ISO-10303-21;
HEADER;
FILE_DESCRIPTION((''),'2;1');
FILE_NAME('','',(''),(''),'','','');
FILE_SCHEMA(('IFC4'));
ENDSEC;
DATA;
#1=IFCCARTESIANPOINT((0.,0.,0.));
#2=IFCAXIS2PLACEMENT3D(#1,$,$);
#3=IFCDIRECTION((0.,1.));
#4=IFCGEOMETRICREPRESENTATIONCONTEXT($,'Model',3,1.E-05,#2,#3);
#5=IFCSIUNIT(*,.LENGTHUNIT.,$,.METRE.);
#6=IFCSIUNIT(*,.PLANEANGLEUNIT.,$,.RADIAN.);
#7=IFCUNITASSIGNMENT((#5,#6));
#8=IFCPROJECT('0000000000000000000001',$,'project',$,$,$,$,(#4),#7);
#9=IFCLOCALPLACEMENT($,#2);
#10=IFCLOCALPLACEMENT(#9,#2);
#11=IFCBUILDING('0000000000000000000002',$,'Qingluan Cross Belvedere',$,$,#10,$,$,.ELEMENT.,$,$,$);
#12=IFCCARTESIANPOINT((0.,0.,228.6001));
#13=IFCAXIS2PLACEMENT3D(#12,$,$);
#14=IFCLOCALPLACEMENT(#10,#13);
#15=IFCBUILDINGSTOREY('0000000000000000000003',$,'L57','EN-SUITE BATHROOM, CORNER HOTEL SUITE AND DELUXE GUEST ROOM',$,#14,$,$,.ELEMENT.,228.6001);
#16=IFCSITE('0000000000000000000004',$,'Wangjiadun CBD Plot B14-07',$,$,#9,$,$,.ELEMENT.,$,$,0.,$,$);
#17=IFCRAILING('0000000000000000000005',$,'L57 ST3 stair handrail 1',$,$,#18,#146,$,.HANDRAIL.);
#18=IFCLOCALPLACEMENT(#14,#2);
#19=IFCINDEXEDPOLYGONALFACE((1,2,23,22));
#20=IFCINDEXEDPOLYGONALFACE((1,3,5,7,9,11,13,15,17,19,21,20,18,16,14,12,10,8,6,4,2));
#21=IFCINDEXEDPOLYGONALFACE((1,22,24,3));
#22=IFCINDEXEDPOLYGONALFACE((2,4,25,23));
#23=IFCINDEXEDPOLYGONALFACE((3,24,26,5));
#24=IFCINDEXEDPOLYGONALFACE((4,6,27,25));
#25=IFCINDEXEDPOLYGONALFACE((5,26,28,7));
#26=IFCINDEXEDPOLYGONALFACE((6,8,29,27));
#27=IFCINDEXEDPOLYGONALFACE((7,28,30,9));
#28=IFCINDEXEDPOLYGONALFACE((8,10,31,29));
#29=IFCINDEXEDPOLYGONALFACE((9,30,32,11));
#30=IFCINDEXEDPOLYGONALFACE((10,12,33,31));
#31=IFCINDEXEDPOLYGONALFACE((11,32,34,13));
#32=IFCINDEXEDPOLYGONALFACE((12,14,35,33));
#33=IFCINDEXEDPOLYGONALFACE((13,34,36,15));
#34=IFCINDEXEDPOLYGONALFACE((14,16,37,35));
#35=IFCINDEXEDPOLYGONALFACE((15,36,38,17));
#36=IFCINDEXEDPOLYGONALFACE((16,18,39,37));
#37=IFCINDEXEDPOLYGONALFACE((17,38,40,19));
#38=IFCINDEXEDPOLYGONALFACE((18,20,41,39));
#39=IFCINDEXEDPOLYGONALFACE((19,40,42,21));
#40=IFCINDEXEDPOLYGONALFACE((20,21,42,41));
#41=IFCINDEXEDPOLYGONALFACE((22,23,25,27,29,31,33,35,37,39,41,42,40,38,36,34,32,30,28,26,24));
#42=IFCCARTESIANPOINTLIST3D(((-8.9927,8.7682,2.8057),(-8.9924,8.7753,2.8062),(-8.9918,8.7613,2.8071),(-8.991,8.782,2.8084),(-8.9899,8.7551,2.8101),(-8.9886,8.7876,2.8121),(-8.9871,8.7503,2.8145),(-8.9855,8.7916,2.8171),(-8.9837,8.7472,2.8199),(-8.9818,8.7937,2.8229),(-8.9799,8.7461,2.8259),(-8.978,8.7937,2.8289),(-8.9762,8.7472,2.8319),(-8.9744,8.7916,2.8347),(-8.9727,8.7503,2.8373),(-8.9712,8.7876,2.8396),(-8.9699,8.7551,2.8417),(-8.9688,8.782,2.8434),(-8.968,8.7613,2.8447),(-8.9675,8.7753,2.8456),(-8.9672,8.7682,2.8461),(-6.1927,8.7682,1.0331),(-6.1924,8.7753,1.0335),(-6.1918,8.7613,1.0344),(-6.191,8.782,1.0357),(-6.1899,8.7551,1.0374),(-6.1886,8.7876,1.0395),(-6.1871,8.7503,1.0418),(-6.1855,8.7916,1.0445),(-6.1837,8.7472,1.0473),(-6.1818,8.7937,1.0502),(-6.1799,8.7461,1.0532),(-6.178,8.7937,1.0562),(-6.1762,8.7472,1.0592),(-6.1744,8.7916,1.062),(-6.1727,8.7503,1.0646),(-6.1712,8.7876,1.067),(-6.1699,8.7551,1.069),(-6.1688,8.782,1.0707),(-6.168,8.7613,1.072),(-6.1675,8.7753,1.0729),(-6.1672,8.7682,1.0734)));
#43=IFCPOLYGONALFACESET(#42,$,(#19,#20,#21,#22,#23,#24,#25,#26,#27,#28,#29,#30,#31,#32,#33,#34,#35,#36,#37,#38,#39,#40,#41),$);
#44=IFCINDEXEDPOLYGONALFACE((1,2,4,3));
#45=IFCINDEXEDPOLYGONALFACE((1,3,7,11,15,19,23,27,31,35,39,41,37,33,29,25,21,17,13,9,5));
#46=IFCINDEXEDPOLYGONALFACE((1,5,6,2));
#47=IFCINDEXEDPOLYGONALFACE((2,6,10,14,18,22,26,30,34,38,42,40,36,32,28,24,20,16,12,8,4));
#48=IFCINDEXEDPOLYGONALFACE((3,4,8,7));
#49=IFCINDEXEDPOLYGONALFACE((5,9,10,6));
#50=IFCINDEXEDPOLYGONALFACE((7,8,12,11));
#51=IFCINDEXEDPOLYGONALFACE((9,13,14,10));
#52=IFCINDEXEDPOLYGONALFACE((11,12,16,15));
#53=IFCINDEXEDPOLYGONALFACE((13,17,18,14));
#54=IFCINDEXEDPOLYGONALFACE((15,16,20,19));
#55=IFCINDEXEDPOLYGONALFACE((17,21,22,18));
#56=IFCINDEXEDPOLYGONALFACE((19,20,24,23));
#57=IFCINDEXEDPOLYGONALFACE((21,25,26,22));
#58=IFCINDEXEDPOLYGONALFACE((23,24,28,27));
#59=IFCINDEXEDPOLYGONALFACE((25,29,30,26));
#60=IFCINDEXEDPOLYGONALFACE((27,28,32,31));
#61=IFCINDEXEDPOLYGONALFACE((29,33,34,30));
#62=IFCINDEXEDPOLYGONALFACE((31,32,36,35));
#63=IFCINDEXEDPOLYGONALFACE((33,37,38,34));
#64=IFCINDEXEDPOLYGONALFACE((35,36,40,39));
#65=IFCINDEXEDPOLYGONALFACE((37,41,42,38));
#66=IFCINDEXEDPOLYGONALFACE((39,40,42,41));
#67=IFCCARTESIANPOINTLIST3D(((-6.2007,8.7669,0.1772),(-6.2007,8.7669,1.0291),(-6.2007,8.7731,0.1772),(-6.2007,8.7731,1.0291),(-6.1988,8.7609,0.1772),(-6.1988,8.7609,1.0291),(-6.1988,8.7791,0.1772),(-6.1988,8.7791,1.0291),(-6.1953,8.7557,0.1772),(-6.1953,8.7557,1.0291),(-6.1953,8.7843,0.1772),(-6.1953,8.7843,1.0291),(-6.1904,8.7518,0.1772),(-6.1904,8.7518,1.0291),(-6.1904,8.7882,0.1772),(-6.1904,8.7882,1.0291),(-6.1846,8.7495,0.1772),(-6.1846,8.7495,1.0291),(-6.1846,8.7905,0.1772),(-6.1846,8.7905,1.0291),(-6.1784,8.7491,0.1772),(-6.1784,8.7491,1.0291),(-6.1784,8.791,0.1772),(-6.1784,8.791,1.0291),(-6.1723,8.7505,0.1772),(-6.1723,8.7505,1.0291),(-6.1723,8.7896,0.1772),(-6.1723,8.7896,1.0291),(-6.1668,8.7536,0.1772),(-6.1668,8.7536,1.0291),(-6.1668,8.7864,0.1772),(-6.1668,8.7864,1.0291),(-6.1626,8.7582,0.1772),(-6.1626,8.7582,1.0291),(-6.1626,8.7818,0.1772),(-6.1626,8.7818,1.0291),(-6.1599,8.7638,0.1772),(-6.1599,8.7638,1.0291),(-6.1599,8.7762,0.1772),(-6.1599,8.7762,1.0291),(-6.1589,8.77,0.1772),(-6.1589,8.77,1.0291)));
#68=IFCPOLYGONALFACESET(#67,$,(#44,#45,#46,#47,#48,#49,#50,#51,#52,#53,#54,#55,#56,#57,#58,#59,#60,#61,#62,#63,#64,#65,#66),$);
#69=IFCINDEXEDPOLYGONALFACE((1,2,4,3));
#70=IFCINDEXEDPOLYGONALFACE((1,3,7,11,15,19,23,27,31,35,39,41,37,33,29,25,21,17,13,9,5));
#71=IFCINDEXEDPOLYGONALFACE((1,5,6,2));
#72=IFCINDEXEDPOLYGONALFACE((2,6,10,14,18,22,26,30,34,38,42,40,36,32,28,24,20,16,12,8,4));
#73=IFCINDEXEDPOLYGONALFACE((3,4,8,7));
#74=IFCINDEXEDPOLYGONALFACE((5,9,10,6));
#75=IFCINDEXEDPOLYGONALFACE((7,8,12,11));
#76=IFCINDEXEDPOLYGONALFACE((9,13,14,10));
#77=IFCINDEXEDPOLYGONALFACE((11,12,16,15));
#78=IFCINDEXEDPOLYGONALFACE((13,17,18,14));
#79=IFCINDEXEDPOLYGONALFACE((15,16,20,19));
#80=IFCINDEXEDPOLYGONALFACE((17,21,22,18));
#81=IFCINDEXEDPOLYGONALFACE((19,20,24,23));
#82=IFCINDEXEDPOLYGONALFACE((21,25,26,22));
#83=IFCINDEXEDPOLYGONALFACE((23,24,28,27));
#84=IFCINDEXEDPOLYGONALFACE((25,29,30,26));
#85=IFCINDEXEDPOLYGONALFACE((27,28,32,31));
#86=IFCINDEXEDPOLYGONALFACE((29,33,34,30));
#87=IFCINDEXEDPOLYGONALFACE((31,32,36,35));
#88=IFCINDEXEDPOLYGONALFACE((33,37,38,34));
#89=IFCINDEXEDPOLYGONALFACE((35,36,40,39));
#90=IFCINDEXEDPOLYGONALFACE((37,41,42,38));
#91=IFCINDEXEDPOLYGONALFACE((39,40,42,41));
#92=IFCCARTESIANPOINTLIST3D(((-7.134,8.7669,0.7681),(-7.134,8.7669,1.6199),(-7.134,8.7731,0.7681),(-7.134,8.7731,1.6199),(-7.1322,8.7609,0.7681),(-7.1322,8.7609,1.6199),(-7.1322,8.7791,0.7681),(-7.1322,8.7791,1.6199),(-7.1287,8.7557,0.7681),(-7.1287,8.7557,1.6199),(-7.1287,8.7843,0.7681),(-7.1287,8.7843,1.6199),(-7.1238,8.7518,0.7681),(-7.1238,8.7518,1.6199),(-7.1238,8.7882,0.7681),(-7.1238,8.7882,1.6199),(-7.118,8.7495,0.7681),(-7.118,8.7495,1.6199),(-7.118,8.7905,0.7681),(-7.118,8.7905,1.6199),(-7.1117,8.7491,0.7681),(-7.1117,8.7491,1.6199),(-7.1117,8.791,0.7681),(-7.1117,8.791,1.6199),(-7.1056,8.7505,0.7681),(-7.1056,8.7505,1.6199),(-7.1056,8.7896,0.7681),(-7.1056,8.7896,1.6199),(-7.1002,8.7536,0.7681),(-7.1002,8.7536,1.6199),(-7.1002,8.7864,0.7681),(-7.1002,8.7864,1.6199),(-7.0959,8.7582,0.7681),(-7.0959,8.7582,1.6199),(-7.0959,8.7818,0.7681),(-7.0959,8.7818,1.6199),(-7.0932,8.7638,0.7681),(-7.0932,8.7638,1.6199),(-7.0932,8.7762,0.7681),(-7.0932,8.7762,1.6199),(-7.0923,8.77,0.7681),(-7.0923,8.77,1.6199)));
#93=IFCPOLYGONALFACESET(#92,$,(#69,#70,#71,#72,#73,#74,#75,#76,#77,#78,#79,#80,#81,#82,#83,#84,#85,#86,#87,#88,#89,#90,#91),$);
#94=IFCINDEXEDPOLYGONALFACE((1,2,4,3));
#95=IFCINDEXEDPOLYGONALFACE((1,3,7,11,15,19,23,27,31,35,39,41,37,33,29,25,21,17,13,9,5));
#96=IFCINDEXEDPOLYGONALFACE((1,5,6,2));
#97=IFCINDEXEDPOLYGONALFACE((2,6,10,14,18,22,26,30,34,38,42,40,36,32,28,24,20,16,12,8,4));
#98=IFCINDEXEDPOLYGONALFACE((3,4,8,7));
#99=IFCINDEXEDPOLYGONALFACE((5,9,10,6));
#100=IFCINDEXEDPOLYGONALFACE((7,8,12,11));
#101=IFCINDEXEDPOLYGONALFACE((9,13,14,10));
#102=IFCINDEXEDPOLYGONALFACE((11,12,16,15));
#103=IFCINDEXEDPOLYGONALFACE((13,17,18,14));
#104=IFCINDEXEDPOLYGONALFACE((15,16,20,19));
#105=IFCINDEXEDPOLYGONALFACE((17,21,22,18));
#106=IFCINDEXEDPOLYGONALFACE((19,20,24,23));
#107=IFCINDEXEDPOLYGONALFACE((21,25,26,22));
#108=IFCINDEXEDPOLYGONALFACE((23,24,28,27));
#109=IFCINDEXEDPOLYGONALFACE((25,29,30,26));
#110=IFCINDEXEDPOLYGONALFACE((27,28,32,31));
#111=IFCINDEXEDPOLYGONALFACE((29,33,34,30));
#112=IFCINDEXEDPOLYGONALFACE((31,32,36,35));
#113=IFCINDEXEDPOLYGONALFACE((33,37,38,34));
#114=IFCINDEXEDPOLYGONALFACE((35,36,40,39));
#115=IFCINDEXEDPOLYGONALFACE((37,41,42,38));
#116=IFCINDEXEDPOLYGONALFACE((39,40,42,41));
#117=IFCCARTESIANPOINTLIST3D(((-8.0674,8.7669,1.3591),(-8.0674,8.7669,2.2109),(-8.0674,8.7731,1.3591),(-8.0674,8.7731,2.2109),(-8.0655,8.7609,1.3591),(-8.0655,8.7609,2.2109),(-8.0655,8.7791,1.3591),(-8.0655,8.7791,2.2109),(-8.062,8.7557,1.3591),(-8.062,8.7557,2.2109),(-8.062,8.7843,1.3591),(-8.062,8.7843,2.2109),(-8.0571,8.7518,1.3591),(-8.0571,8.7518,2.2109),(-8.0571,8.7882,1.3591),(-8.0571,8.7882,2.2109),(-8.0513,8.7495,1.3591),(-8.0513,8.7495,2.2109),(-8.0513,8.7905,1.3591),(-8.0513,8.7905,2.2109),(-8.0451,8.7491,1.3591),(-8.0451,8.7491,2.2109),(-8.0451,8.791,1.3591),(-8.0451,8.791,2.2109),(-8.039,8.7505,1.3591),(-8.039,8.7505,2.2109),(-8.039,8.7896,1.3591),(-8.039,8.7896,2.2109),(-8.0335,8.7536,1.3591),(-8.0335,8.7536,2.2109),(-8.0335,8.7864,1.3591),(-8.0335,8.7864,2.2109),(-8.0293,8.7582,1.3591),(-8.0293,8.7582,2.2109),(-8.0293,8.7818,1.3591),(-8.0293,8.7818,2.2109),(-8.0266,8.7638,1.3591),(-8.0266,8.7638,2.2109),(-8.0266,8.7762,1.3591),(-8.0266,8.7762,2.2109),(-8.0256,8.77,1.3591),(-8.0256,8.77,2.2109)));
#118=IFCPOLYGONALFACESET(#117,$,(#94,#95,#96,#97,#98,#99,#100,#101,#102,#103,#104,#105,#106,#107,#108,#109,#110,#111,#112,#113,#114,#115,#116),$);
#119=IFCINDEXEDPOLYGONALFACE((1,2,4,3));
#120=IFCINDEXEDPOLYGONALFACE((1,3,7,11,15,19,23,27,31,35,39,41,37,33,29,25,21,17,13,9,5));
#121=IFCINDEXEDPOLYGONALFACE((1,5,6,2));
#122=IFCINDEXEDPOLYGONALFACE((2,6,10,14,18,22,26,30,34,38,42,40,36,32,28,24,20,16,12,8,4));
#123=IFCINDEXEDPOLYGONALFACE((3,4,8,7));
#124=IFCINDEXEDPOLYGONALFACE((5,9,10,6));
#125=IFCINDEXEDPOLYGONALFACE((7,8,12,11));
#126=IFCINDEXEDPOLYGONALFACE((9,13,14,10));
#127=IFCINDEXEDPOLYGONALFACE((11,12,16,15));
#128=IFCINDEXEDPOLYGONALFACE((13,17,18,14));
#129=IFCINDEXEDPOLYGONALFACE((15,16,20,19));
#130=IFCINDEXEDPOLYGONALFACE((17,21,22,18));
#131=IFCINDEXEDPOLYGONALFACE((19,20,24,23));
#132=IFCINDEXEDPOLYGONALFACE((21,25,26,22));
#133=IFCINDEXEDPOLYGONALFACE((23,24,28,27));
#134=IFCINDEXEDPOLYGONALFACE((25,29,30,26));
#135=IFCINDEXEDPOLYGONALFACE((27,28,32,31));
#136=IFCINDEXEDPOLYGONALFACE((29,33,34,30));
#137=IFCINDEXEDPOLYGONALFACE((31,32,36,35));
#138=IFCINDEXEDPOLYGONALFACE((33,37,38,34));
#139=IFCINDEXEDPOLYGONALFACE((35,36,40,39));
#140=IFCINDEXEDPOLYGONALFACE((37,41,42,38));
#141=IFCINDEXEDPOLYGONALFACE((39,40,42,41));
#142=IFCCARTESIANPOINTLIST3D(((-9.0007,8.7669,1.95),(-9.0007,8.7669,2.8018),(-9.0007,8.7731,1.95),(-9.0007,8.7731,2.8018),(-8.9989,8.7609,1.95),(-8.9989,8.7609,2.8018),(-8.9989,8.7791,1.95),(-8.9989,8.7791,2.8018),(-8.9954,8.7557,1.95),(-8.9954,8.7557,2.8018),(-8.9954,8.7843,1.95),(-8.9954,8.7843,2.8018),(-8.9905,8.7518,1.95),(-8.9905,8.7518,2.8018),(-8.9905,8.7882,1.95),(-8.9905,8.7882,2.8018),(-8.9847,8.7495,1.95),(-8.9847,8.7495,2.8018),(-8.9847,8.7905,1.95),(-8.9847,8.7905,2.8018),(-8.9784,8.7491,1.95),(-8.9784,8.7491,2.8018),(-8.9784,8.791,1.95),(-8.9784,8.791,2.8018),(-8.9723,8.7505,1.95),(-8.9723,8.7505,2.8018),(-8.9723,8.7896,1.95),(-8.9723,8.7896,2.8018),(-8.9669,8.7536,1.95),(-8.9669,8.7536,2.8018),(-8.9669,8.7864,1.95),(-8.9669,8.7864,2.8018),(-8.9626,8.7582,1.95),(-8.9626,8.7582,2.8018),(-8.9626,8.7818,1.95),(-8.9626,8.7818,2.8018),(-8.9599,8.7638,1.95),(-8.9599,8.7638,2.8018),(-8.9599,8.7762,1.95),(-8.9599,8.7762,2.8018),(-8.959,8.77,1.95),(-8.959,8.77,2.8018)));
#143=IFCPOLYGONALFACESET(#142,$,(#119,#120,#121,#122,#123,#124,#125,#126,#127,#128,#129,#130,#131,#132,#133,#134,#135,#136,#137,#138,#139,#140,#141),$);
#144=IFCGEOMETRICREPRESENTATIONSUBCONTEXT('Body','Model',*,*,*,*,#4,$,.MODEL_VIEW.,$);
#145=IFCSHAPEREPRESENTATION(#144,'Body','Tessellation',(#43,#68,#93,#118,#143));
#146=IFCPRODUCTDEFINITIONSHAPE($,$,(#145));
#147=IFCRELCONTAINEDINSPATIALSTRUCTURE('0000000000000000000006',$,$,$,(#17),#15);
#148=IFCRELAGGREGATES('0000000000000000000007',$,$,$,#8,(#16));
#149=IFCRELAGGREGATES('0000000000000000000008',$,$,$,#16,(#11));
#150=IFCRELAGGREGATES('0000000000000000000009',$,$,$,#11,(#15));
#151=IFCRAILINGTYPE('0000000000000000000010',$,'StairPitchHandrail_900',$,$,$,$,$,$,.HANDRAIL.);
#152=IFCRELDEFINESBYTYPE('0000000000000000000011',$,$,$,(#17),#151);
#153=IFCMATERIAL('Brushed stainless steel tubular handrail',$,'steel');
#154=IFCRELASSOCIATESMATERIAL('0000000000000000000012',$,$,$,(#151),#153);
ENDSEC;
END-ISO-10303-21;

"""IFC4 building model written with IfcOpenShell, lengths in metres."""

from ifc_helpers import new_model, si_unit, direction, frame, origin, origin_2d, place, context, subcontext, project, spatial, circle, extrude, material, type_object, element, save


model = new_model("IFC4")

# Units and contexts
model_context = context("Model", 3, precision=1e-05, world=origin(), true_north=direction((0.0, 1.0)))
body_context = subcontext(model_context, "Body", "Model", "MODEL_VIEW")
ifc_project = project(units=[si_unit("LENGTHUNIT", "METRE"), si_unit("PLANEANGLEUNIT", "RADIAN")], contexts=[model_context])

# Site, building, storey
site_placement = place(None, origin())
site = spatial("IfcSite", under=ifc_project, at=site_placement, Name="Wangjiadun CBD Plot B14-07", CompositionType="ELEMENT", RefElevation=0.0)
building_placement = place(site_placement, origin())
building = spatial("IfcBuilding", under=site, at=building_placement, Name="Qingluan Cross Belvedere", CompositionType="ELEMENT")
storey_placement = place(building_placement, frame((0.0, 0.0, 228.6001)))
storey = spatial("IfcBuildingStorey", under=building, at=storey_placement, Name="L57", Description="EN-SUITE BATHROOM, CORNER HOTEL SUITE AND DELUXE GUEST ROOM", CompositionType="ELEMENT", Elevation=228.6001)

# Railing
ifc_material_1 = material(Name="Brushed stainless steel tubular handrail", Category="steel")
railing_type = type_object("IfcRailingType", Name="StairPitchHandrail_900", PredefinedType="HANDRAIL", material=ifc_material_1)
railing_placement = place(storey_placement, frame((-6.1799, 8.77, 0.1772)))
element("IfcRailing", 1, at=railing_placement, inside=storey, type_object=railing_type, Name="L57 ST3 stair handrail 1", PredefinedType="HANDRAIL", context=body_context, shape_type="SweptSolid", body=[
    extrude(circle(Radius=0.0239, at=origin_2d()), frame((0.0, 0.0, 0.876), z_axis=(-0.844909, 0.0, 0.53491), x_axis=(0.0, -1.0, 0.0)), (0.0, 0.0, 1.0), 3.314),
    extrude(circle(Radius=0.021, at=origin_2d()), origin(), (0.0, 0.0, 1.0), 0.8518),
    extrude(circle(Radius=0.021, at=origin_2d()), frame((-0.9333, 0.0, 0.5908)), (0.0, 0.0, 1.0), 0.8518),
    extrude(circle(Radius=0.021, at=origin_2d()), frame((-1.8667, 0.0, 1.1819)), (0.0, 0.0, 1.0), 0.8518),
    extrude(circle(Radius=0.021, at=origin_2d()), frame((-2.8, 0.0, 1.7727)), (0.0, 0.0, 1.0), 0.8518),
])

save(model, "model.ifc")
